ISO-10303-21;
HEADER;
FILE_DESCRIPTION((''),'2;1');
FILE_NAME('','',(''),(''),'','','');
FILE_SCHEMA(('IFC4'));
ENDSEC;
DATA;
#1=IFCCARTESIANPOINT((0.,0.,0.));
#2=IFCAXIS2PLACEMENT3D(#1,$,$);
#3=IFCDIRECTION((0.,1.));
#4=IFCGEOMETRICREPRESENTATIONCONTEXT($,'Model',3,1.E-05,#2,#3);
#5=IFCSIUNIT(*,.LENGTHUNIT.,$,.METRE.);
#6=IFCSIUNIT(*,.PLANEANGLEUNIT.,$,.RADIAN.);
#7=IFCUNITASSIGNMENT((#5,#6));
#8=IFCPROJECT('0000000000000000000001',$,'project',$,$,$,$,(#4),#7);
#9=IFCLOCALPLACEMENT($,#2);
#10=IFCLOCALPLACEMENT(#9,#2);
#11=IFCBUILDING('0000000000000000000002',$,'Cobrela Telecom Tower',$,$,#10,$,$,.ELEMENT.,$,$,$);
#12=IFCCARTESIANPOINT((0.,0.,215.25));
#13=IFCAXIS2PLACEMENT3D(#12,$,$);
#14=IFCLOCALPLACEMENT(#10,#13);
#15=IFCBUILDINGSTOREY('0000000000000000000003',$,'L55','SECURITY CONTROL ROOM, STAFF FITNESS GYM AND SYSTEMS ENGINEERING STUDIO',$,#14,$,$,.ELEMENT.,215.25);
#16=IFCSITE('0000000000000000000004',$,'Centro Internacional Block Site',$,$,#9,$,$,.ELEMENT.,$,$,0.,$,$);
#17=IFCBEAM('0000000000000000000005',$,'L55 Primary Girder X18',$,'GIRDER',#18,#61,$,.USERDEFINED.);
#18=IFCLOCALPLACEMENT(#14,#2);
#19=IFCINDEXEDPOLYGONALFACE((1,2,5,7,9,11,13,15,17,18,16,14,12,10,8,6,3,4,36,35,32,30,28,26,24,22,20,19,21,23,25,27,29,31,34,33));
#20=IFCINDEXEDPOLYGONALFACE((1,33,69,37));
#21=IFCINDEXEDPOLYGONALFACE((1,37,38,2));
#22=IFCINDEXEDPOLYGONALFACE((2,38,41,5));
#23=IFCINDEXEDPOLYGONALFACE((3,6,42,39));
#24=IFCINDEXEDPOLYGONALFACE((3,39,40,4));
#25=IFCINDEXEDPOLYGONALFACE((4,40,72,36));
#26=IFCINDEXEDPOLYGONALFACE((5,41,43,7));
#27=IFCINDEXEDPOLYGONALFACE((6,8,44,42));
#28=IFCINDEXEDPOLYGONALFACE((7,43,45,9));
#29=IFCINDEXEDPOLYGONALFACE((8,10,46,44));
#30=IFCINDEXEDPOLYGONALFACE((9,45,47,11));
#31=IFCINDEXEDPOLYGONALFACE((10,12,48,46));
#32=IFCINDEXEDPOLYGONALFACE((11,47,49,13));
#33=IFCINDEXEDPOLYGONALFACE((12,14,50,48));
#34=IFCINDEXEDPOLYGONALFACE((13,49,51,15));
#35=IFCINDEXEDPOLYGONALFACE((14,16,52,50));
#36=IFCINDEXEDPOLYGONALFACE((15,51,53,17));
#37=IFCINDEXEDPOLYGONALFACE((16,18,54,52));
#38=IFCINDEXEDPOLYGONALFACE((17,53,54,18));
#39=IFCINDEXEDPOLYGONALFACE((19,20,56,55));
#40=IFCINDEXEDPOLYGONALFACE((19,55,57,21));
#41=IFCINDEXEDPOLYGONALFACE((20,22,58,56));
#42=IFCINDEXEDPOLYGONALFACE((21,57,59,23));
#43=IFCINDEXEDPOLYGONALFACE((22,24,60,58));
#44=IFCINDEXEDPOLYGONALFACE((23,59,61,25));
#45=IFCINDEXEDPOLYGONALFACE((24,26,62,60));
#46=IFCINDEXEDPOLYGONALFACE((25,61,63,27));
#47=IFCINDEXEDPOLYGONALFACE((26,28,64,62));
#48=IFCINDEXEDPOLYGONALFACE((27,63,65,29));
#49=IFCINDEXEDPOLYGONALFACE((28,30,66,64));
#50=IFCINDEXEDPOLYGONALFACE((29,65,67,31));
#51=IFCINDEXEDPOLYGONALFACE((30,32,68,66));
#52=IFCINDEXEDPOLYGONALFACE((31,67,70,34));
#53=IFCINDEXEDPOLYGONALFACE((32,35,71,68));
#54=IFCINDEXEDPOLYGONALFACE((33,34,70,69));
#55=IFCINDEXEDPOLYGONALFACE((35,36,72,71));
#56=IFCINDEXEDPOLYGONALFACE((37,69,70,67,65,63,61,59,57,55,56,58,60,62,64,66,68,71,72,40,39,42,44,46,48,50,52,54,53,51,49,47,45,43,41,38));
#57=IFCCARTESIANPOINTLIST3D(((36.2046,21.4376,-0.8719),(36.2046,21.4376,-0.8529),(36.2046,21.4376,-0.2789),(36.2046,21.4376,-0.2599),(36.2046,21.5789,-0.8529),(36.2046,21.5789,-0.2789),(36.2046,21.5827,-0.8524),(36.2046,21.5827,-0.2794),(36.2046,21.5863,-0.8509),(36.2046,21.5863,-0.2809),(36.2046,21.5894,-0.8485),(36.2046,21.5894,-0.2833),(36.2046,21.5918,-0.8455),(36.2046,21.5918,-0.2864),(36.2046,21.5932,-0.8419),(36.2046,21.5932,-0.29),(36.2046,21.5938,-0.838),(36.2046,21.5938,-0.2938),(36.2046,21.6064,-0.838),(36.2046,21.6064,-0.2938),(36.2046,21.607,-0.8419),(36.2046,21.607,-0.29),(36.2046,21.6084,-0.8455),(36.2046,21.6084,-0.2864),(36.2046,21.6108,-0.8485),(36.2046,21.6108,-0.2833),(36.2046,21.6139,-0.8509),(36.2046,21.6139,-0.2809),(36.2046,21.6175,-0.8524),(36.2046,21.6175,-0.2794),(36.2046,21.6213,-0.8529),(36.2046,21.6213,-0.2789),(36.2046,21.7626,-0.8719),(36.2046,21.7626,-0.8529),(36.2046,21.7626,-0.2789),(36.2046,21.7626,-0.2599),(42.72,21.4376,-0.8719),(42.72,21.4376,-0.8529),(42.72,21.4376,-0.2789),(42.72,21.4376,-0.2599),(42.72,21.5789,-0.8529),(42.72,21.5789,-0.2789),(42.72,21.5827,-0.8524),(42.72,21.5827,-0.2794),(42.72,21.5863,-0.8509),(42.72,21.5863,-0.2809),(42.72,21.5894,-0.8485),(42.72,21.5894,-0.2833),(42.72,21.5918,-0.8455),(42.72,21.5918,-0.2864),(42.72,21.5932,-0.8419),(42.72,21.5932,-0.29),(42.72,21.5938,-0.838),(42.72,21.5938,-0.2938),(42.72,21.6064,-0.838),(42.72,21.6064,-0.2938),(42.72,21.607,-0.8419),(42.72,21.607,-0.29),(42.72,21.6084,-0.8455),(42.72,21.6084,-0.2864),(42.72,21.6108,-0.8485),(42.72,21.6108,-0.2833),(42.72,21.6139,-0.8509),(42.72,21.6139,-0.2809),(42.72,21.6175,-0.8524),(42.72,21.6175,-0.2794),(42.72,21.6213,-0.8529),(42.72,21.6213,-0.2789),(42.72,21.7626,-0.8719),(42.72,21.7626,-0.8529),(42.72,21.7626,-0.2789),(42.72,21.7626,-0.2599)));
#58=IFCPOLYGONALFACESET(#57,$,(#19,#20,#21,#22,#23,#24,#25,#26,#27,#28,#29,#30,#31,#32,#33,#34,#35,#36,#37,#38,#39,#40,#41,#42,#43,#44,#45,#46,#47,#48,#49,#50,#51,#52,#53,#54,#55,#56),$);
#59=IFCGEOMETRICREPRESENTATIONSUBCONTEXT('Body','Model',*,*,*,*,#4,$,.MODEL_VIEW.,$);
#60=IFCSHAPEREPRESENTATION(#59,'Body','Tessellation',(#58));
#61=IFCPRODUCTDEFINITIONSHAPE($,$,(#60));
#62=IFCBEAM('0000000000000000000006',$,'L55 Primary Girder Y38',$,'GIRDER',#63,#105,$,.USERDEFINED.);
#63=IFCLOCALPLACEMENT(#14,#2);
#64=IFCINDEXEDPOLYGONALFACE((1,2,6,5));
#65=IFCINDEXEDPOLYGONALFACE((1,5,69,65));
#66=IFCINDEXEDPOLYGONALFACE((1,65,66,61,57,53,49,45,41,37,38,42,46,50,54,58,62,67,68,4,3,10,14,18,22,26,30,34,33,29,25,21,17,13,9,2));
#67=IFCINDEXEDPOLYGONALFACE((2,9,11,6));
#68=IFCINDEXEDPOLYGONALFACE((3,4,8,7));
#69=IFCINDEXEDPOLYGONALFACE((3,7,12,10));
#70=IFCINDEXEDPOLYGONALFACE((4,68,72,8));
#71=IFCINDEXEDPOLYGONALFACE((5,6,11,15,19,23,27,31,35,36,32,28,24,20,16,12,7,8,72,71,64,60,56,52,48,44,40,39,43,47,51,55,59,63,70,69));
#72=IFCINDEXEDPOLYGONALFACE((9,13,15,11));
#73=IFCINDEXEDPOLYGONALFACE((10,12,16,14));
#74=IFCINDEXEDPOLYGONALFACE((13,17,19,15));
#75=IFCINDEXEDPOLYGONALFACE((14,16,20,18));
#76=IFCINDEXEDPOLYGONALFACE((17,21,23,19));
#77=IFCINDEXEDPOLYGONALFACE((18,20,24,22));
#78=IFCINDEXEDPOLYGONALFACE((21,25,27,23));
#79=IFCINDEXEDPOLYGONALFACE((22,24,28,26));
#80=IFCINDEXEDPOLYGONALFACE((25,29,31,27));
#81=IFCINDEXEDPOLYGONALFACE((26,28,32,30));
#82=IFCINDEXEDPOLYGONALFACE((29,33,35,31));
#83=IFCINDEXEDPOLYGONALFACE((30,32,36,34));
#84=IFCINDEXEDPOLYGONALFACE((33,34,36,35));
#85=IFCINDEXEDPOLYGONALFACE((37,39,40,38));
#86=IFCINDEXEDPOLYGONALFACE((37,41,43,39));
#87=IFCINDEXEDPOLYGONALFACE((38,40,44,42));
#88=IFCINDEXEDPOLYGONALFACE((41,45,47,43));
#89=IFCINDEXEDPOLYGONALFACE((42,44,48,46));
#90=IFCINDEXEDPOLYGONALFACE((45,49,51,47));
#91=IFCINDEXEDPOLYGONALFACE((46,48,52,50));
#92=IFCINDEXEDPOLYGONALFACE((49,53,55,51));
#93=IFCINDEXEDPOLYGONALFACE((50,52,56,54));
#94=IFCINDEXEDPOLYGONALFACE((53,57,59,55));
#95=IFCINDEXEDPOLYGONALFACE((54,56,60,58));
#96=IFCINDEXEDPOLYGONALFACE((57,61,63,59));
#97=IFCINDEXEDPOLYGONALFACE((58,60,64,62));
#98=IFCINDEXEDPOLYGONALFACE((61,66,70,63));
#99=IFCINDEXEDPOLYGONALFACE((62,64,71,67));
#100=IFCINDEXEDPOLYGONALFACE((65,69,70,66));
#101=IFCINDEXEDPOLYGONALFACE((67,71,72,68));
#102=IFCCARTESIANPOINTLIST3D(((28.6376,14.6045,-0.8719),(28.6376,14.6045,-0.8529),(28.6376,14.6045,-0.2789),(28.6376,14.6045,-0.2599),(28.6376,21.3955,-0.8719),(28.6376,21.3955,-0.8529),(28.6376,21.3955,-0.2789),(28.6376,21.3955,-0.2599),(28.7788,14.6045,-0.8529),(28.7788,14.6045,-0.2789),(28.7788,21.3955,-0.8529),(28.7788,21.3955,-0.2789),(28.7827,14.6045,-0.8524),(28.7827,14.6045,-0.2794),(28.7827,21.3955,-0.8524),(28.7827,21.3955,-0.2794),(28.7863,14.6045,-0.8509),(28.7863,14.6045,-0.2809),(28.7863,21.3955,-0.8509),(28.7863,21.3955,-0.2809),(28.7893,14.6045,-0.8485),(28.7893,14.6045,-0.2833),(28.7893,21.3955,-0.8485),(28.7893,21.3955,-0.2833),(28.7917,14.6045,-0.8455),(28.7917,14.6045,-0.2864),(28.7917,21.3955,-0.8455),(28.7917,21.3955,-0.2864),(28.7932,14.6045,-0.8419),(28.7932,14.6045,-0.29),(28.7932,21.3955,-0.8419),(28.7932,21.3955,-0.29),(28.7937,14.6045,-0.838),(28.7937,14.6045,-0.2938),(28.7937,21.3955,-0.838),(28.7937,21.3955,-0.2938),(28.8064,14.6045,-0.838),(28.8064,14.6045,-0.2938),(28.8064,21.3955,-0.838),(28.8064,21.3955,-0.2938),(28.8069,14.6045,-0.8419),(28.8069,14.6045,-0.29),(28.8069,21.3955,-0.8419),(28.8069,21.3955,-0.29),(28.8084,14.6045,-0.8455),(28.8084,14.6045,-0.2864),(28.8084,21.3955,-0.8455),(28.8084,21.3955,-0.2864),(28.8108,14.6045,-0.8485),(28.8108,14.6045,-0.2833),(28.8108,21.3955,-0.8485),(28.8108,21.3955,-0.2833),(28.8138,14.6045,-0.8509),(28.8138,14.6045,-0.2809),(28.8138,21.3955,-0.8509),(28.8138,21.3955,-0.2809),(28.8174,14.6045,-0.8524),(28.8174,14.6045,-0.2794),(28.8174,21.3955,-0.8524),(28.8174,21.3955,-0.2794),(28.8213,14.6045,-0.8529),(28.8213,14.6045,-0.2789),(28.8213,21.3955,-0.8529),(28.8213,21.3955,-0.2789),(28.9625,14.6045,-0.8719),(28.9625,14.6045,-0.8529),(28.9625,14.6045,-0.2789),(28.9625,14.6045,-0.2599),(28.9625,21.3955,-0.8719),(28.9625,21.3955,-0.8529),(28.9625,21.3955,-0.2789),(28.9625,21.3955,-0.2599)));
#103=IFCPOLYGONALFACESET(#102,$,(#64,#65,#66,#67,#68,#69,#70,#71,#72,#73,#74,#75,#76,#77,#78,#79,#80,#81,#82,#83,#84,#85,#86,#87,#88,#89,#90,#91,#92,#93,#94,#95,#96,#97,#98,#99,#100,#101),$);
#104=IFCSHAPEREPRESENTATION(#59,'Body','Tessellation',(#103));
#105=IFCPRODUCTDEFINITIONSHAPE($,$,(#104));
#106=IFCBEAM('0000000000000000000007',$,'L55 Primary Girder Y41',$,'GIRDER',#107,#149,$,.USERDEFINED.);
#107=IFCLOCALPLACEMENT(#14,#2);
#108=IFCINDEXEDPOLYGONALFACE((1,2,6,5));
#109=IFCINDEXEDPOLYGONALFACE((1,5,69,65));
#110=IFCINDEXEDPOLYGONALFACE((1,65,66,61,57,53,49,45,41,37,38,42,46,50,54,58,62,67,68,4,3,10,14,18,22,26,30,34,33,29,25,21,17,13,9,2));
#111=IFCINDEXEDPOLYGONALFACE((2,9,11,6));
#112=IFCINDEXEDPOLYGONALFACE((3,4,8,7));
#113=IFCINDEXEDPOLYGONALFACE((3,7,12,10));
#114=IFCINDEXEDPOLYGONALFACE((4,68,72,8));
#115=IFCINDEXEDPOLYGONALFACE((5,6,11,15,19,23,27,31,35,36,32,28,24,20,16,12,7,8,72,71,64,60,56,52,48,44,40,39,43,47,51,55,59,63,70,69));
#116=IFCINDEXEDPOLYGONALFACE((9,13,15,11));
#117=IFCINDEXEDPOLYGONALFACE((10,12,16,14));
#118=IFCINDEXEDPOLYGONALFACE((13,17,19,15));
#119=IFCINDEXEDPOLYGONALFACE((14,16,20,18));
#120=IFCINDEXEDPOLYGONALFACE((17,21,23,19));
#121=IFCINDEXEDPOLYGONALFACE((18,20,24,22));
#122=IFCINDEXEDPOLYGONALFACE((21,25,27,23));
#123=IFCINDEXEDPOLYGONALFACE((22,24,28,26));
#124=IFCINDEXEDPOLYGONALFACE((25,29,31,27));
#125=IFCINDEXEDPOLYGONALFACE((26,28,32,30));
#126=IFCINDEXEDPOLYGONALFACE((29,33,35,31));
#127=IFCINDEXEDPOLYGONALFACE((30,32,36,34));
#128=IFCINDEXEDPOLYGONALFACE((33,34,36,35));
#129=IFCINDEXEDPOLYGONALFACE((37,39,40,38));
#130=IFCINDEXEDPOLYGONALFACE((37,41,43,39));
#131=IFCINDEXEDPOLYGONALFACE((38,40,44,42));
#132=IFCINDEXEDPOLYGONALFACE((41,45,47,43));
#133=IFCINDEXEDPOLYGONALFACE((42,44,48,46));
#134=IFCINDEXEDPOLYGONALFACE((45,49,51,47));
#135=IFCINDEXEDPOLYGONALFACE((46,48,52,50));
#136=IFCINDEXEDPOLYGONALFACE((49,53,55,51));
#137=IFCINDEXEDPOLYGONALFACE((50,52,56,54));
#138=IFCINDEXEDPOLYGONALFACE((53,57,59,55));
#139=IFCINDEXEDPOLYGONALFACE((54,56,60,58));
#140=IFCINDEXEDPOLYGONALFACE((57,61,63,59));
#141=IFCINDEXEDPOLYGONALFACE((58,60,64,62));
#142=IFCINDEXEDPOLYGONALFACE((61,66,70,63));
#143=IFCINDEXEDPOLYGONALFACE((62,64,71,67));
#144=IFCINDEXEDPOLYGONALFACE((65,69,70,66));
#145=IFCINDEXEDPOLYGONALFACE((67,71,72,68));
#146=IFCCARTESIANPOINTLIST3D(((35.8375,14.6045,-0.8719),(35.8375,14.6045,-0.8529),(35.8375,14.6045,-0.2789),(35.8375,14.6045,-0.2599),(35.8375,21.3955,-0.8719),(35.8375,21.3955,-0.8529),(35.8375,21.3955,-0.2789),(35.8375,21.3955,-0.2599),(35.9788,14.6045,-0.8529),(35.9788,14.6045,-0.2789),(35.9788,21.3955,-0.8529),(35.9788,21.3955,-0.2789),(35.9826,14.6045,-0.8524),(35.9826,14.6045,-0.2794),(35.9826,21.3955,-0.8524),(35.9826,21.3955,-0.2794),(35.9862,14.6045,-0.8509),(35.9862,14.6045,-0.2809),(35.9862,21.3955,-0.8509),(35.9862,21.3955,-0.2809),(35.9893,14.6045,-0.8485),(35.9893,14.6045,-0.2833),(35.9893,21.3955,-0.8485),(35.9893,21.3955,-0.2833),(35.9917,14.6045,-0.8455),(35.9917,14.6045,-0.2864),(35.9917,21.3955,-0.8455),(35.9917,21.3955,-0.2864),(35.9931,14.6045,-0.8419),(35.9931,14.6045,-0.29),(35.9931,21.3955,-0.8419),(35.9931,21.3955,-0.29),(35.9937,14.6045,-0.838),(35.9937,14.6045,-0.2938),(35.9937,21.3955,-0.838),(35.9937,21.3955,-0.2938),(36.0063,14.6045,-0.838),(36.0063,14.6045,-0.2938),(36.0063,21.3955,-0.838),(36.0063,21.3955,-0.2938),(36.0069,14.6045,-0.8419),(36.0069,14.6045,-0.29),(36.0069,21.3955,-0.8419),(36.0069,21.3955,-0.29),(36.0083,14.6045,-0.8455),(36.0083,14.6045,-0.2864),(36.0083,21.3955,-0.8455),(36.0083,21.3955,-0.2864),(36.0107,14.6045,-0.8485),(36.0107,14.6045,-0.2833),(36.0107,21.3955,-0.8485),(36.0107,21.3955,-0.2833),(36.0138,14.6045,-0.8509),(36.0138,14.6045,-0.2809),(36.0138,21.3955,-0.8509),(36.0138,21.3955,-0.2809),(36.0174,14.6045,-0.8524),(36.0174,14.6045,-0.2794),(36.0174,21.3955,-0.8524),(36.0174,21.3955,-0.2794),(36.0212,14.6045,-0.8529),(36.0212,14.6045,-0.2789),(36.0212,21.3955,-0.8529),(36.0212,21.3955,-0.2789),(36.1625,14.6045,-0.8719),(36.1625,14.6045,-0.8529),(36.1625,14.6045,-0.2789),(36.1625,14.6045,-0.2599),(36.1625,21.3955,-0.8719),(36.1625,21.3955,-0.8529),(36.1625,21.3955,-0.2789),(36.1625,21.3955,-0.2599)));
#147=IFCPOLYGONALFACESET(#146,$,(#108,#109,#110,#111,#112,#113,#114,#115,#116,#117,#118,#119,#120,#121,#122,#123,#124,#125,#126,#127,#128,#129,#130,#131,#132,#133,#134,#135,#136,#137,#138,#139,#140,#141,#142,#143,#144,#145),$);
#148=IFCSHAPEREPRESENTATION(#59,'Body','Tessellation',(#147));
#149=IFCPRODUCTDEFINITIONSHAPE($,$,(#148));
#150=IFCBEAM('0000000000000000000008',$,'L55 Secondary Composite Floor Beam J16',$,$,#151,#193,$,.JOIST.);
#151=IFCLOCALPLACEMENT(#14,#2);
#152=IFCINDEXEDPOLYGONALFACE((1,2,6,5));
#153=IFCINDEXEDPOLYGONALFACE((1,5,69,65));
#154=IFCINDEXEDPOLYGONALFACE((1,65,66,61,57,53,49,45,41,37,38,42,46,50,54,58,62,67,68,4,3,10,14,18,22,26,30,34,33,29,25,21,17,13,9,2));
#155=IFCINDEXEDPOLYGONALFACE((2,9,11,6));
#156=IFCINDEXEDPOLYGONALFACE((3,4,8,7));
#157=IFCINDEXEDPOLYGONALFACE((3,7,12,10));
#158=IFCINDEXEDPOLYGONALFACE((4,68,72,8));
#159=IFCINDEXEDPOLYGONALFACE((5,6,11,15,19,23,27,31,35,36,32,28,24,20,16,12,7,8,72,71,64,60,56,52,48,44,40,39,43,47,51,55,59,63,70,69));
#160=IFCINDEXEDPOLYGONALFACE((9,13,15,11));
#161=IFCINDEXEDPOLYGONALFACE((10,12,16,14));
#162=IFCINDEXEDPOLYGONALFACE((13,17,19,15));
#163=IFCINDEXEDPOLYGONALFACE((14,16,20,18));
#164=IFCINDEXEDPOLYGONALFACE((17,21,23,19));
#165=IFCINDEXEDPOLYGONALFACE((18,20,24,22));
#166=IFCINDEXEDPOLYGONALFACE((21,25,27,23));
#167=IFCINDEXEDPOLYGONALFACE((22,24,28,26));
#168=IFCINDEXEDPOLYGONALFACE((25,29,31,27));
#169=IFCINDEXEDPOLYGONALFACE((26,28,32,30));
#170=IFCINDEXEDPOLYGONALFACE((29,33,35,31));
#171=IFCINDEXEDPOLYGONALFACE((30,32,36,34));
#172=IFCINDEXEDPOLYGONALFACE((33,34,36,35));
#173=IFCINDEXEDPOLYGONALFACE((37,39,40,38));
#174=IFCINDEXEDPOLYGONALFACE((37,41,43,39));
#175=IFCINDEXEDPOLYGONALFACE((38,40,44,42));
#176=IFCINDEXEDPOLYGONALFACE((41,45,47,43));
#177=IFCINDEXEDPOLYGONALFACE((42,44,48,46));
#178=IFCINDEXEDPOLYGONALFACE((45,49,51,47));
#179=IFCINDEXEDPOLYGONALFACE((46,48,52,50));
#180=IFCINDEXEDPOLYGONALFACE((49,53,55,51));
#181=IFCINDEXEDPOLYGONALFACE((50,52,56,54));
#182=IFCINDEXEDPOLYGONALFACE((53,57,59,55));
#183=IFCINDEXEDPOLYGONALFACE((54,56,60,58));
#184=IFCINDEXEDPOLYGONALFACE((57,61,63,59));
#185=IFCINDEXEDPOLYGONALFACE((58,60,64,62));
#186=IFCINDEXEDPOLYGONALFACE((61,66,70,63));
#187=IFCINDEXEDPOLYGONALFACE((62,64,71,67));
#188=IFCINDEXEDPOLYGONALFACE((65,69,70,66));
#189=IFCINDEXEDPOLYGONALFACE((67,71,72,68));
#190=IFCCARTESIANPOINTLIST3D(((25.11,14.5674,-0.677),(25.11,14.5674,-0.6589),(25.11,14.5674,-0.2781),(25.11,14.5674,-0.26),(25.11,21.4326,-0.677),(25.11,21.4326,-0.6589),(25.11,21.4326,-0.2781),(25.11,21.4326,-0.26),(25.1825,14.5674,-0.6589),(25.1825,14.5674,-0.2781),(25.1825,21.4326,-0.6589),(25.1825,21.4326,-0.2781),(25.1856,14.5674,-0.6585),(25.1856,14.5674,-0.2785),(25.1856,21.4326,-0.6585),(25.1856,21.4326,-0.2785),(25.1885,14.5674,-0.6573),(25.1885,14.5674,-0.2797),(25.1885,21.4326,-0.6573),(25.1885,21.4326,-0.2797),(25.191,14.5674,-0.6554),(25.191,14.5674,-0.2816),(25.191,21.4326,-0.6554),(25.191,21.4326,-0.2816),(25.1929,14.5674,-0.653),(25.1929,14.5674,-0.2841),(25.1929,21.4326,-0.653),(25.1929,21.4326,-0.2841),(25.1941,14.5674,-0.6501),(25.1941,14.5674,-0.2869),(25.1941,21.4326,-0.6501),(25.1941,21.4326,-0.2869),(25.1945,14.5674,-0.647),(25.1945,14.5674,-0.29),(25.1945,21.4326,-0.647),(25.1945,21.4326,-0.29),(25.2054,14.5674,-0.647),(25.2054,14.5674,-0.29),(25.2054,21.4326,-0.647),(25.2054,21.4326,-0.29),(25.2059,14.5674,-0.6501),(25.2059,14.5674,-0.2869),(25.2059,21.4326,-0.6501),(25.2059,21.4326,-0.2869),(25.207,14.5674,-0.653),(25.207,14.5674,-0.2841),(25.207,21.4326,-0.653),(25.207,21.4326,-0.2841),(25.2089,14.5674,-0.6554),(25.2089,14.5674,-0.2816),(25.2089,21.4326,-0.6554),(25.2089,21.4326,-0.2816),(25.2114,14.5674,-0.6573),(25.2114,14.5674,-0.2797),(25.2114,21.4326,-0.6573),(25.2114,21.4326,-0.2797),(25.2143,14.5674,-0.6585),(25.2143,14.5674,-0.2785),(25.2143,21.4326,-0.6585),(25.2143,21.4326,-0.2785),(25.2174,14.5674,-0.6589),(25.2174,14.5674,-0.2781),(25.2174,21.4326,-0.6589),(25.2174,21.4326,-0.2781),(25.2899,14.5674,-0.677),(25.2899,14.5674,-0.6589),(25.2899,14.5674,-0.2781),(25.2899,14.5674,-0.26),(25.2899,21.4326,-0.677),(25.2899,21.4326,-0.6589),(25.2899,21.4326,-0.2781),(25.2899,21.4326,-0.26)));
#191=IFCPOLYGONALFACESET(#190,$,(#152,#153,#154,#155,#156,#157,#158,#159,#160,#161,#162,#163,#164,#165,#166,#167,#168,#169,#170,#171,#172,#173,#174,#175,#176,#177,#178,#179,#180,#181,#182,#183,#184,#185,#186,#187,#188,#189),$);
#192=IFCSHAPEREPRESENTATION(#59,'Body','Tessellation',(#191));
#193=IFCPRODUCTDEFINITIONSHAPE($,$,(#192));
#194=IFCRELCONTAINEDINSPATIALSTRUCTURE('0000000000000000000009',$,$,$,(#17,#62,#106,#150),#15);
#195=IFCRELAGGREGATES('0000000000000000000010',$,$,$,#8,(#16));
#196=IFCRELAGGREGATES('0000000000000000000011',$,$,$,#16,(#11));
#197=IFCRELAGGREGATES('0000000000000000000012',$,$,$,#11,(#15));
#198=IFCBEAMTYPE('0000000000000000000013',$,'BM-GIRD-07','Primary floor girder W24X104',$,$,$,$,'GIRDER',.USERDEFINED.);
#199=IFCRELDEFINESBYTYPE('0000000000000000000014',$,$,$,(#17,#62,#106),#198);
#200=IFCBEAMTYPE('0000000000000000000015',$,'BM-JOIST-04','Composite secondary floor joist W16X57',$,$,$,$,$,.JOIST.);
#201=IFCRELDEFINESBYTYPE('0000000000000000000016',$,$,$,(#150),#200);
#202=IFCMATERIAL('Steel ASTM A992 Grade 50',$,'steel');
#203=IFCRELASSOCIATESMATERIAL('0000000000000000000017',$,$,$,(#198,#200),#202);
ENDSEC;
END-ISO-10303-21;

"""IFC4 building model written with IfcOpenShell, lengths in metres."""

from ifc_helpers import new_model, si_unit, direction, frame, origin, origin_2d, place, context, subcontext, project, spatial, i_section, extrude, material, material_profile, profile_set, type_object, element, save


model = new_model("IFC4")

# Units and contexts
model_context = context("Model", 3, precision=1e-05, world=origin(), true_north=direction((0.0, 1.0)))
body_context = subcontext(model_context, "Body", "Model", "MODEL_VIEW")
ifc_project = project(units=[si_unit("LENGTHUNIT", "METRE"), si_unit("PLANEANGLEUNIT", "RADIAN")], contexts=[model_context])

# Site, building, storey
site_placement = place(None, origin())
site = spatial("IfcSite", under=ifc_project, at=site_placement, Name="Centro Internacional Block Site", CompositionType="ELEMENT", RefElevation=0.0)
building_placement = place(site_placement, origin())
building = spatial("IfcBuilding", under=site, at=building_placement, Name="Cobrela Telecom Tower", CompositionType="ELEMENT")
storey_placement = place(building_placement, frame((0.0, 0.0, 215.25)))
storey = spatial("IfcBuildingStorey", under=building, at=storey_placement, Name="L55", Description="SECURITY CONTROL ROOM, STAFF FITNESS GYM AND SYSTEMS ENGINEERING STUDIO", CompositionType="ELEMENT", Elevation=215.25)

# Shared definitions
ifc_material_1 = material(Name="Steel ASTM A992 Grade 50", Category="steel")

# Beams
ifc_material_profile_1 = material_profile(ifc_material_1, i_section(OverallWidth=0.325, OverallDepth=0.6121, WebThickness=0.0127, FlangeThickness=0.019, FilletRadius=0.0149, at=origin_2d()), Name="W24X104")
ifc_profile_set_1 = profile_set([ifc_material_profile_1], Name="Steel ASTM A992 Grade 50")
beam_type_1 = type_object("IfcBeamType", Name="BM-GIRD-07", Description="Primary floor girder W24X104", ElementType="GIRDER", PredefinedType="USERDEFINED", material=ifc_profile_set_1)
beam_1_placement = place(storey_placement, frame((36.2046, 21.6001, -0.5659), z_axis=(1.0, 0.0, 0.0), x_axis=(0.0, 1.0, 0.0)))
element("IfcBeam", 1, at=beam_1_placement, inside=storey, type_object=beam_type_1, Name="L55 Primary Girder X18", ObjectType="GIRDER", PredefinedType="USERDEFINED", context=body_context, shape_type="SweptSolid", body=[
    extrude(i_section(OverallWidth=0.325, OverallDepth=0.6121, WebThickness=0.0127, FlangeThickness=0.019, FilletRadius=0.0149, at=origin_2d()), origin(), (0.0, 0.0, 1.0), 6.5154),
])
for number, where, z_axis, x_axis, name in (
    (2, (28.8, 14.6045, -0.5659), (0.0, 1.0, 0.0), (-1.0, 0.0, 0.0), "L55 Primary Girder Y38"),
    (3, (36.0, 14.6045, -0.5659), (0.0, 1.0, 0.0), (-1.0, 0.0, 0.0), "L55 Primary Girder Y41"),
):
    element("IfcBeam", number, at=place(storey_placement, frame(where, z_axis=z_axis, x_axis=x_axis)), inside=storey, type_object=beam_type_1, Name=name, ObjectType="GIRDER", PredefinedType="USERDEFINED", context=body_context, shape_type="SweptSolid", body=[
        extrude(i_section(OverallWidth=0.325, OverallDepth=0.6121, WebThickness=0.0127, FlangeThickness=0.019, FilletRadius=0.0149, at=origin_2d()), origin(), (0.0, 0.0, 1.0), 6.791),
    ])
ifc_material_profile_2 = material_profile(ifc_material_1, i_section(OverallWidth=0.1799, OverallDepth=0.417, WebThickness=0.011, FlangeThickness=0.0181, FilletRadius=0.012, at=origin_2d()), Name="W16X57")
ifc_profile_set_2 = profile_set([ifc_material_profile_2], Name="Steel ASTM A992 Grade 50")
beam_type_2 = type_object("IfcBeamType", Name="BM-JOIST-04", Description="Composite secondary floor joist W16X57", PredefinedType="JOIST", material=ifc_profile_set_2)
for number, where, z_axis, x_axis, name in (
    (4, (25.2, 14.5674, -0.4685), (0.0, 1.0, 0.0), (-1.0, 0.0, 0.0), "L55 Secondary Composite Floor Beam J16"),
):
    element("IfcBeam", number, at=place(storey_placement, frame(where, z_axis=z_axis, x_axis=x_axis)), inside=storey, type_object=beam_type_2, Name=name, PredefinedType="JOIST", context=body_context, shape_type="SweptSolid", body=[
        extrude(i_section(OverallWidth=0.1799, OverallDepth=0.417, WebThickness=0.011, FlangeThickness=0.0181, FilletRadius=0.012, at=origin_2d()), origin(), (0.0, 0.0, 1.0), 6.8652),
    ])

save(model, "model.ifc")
